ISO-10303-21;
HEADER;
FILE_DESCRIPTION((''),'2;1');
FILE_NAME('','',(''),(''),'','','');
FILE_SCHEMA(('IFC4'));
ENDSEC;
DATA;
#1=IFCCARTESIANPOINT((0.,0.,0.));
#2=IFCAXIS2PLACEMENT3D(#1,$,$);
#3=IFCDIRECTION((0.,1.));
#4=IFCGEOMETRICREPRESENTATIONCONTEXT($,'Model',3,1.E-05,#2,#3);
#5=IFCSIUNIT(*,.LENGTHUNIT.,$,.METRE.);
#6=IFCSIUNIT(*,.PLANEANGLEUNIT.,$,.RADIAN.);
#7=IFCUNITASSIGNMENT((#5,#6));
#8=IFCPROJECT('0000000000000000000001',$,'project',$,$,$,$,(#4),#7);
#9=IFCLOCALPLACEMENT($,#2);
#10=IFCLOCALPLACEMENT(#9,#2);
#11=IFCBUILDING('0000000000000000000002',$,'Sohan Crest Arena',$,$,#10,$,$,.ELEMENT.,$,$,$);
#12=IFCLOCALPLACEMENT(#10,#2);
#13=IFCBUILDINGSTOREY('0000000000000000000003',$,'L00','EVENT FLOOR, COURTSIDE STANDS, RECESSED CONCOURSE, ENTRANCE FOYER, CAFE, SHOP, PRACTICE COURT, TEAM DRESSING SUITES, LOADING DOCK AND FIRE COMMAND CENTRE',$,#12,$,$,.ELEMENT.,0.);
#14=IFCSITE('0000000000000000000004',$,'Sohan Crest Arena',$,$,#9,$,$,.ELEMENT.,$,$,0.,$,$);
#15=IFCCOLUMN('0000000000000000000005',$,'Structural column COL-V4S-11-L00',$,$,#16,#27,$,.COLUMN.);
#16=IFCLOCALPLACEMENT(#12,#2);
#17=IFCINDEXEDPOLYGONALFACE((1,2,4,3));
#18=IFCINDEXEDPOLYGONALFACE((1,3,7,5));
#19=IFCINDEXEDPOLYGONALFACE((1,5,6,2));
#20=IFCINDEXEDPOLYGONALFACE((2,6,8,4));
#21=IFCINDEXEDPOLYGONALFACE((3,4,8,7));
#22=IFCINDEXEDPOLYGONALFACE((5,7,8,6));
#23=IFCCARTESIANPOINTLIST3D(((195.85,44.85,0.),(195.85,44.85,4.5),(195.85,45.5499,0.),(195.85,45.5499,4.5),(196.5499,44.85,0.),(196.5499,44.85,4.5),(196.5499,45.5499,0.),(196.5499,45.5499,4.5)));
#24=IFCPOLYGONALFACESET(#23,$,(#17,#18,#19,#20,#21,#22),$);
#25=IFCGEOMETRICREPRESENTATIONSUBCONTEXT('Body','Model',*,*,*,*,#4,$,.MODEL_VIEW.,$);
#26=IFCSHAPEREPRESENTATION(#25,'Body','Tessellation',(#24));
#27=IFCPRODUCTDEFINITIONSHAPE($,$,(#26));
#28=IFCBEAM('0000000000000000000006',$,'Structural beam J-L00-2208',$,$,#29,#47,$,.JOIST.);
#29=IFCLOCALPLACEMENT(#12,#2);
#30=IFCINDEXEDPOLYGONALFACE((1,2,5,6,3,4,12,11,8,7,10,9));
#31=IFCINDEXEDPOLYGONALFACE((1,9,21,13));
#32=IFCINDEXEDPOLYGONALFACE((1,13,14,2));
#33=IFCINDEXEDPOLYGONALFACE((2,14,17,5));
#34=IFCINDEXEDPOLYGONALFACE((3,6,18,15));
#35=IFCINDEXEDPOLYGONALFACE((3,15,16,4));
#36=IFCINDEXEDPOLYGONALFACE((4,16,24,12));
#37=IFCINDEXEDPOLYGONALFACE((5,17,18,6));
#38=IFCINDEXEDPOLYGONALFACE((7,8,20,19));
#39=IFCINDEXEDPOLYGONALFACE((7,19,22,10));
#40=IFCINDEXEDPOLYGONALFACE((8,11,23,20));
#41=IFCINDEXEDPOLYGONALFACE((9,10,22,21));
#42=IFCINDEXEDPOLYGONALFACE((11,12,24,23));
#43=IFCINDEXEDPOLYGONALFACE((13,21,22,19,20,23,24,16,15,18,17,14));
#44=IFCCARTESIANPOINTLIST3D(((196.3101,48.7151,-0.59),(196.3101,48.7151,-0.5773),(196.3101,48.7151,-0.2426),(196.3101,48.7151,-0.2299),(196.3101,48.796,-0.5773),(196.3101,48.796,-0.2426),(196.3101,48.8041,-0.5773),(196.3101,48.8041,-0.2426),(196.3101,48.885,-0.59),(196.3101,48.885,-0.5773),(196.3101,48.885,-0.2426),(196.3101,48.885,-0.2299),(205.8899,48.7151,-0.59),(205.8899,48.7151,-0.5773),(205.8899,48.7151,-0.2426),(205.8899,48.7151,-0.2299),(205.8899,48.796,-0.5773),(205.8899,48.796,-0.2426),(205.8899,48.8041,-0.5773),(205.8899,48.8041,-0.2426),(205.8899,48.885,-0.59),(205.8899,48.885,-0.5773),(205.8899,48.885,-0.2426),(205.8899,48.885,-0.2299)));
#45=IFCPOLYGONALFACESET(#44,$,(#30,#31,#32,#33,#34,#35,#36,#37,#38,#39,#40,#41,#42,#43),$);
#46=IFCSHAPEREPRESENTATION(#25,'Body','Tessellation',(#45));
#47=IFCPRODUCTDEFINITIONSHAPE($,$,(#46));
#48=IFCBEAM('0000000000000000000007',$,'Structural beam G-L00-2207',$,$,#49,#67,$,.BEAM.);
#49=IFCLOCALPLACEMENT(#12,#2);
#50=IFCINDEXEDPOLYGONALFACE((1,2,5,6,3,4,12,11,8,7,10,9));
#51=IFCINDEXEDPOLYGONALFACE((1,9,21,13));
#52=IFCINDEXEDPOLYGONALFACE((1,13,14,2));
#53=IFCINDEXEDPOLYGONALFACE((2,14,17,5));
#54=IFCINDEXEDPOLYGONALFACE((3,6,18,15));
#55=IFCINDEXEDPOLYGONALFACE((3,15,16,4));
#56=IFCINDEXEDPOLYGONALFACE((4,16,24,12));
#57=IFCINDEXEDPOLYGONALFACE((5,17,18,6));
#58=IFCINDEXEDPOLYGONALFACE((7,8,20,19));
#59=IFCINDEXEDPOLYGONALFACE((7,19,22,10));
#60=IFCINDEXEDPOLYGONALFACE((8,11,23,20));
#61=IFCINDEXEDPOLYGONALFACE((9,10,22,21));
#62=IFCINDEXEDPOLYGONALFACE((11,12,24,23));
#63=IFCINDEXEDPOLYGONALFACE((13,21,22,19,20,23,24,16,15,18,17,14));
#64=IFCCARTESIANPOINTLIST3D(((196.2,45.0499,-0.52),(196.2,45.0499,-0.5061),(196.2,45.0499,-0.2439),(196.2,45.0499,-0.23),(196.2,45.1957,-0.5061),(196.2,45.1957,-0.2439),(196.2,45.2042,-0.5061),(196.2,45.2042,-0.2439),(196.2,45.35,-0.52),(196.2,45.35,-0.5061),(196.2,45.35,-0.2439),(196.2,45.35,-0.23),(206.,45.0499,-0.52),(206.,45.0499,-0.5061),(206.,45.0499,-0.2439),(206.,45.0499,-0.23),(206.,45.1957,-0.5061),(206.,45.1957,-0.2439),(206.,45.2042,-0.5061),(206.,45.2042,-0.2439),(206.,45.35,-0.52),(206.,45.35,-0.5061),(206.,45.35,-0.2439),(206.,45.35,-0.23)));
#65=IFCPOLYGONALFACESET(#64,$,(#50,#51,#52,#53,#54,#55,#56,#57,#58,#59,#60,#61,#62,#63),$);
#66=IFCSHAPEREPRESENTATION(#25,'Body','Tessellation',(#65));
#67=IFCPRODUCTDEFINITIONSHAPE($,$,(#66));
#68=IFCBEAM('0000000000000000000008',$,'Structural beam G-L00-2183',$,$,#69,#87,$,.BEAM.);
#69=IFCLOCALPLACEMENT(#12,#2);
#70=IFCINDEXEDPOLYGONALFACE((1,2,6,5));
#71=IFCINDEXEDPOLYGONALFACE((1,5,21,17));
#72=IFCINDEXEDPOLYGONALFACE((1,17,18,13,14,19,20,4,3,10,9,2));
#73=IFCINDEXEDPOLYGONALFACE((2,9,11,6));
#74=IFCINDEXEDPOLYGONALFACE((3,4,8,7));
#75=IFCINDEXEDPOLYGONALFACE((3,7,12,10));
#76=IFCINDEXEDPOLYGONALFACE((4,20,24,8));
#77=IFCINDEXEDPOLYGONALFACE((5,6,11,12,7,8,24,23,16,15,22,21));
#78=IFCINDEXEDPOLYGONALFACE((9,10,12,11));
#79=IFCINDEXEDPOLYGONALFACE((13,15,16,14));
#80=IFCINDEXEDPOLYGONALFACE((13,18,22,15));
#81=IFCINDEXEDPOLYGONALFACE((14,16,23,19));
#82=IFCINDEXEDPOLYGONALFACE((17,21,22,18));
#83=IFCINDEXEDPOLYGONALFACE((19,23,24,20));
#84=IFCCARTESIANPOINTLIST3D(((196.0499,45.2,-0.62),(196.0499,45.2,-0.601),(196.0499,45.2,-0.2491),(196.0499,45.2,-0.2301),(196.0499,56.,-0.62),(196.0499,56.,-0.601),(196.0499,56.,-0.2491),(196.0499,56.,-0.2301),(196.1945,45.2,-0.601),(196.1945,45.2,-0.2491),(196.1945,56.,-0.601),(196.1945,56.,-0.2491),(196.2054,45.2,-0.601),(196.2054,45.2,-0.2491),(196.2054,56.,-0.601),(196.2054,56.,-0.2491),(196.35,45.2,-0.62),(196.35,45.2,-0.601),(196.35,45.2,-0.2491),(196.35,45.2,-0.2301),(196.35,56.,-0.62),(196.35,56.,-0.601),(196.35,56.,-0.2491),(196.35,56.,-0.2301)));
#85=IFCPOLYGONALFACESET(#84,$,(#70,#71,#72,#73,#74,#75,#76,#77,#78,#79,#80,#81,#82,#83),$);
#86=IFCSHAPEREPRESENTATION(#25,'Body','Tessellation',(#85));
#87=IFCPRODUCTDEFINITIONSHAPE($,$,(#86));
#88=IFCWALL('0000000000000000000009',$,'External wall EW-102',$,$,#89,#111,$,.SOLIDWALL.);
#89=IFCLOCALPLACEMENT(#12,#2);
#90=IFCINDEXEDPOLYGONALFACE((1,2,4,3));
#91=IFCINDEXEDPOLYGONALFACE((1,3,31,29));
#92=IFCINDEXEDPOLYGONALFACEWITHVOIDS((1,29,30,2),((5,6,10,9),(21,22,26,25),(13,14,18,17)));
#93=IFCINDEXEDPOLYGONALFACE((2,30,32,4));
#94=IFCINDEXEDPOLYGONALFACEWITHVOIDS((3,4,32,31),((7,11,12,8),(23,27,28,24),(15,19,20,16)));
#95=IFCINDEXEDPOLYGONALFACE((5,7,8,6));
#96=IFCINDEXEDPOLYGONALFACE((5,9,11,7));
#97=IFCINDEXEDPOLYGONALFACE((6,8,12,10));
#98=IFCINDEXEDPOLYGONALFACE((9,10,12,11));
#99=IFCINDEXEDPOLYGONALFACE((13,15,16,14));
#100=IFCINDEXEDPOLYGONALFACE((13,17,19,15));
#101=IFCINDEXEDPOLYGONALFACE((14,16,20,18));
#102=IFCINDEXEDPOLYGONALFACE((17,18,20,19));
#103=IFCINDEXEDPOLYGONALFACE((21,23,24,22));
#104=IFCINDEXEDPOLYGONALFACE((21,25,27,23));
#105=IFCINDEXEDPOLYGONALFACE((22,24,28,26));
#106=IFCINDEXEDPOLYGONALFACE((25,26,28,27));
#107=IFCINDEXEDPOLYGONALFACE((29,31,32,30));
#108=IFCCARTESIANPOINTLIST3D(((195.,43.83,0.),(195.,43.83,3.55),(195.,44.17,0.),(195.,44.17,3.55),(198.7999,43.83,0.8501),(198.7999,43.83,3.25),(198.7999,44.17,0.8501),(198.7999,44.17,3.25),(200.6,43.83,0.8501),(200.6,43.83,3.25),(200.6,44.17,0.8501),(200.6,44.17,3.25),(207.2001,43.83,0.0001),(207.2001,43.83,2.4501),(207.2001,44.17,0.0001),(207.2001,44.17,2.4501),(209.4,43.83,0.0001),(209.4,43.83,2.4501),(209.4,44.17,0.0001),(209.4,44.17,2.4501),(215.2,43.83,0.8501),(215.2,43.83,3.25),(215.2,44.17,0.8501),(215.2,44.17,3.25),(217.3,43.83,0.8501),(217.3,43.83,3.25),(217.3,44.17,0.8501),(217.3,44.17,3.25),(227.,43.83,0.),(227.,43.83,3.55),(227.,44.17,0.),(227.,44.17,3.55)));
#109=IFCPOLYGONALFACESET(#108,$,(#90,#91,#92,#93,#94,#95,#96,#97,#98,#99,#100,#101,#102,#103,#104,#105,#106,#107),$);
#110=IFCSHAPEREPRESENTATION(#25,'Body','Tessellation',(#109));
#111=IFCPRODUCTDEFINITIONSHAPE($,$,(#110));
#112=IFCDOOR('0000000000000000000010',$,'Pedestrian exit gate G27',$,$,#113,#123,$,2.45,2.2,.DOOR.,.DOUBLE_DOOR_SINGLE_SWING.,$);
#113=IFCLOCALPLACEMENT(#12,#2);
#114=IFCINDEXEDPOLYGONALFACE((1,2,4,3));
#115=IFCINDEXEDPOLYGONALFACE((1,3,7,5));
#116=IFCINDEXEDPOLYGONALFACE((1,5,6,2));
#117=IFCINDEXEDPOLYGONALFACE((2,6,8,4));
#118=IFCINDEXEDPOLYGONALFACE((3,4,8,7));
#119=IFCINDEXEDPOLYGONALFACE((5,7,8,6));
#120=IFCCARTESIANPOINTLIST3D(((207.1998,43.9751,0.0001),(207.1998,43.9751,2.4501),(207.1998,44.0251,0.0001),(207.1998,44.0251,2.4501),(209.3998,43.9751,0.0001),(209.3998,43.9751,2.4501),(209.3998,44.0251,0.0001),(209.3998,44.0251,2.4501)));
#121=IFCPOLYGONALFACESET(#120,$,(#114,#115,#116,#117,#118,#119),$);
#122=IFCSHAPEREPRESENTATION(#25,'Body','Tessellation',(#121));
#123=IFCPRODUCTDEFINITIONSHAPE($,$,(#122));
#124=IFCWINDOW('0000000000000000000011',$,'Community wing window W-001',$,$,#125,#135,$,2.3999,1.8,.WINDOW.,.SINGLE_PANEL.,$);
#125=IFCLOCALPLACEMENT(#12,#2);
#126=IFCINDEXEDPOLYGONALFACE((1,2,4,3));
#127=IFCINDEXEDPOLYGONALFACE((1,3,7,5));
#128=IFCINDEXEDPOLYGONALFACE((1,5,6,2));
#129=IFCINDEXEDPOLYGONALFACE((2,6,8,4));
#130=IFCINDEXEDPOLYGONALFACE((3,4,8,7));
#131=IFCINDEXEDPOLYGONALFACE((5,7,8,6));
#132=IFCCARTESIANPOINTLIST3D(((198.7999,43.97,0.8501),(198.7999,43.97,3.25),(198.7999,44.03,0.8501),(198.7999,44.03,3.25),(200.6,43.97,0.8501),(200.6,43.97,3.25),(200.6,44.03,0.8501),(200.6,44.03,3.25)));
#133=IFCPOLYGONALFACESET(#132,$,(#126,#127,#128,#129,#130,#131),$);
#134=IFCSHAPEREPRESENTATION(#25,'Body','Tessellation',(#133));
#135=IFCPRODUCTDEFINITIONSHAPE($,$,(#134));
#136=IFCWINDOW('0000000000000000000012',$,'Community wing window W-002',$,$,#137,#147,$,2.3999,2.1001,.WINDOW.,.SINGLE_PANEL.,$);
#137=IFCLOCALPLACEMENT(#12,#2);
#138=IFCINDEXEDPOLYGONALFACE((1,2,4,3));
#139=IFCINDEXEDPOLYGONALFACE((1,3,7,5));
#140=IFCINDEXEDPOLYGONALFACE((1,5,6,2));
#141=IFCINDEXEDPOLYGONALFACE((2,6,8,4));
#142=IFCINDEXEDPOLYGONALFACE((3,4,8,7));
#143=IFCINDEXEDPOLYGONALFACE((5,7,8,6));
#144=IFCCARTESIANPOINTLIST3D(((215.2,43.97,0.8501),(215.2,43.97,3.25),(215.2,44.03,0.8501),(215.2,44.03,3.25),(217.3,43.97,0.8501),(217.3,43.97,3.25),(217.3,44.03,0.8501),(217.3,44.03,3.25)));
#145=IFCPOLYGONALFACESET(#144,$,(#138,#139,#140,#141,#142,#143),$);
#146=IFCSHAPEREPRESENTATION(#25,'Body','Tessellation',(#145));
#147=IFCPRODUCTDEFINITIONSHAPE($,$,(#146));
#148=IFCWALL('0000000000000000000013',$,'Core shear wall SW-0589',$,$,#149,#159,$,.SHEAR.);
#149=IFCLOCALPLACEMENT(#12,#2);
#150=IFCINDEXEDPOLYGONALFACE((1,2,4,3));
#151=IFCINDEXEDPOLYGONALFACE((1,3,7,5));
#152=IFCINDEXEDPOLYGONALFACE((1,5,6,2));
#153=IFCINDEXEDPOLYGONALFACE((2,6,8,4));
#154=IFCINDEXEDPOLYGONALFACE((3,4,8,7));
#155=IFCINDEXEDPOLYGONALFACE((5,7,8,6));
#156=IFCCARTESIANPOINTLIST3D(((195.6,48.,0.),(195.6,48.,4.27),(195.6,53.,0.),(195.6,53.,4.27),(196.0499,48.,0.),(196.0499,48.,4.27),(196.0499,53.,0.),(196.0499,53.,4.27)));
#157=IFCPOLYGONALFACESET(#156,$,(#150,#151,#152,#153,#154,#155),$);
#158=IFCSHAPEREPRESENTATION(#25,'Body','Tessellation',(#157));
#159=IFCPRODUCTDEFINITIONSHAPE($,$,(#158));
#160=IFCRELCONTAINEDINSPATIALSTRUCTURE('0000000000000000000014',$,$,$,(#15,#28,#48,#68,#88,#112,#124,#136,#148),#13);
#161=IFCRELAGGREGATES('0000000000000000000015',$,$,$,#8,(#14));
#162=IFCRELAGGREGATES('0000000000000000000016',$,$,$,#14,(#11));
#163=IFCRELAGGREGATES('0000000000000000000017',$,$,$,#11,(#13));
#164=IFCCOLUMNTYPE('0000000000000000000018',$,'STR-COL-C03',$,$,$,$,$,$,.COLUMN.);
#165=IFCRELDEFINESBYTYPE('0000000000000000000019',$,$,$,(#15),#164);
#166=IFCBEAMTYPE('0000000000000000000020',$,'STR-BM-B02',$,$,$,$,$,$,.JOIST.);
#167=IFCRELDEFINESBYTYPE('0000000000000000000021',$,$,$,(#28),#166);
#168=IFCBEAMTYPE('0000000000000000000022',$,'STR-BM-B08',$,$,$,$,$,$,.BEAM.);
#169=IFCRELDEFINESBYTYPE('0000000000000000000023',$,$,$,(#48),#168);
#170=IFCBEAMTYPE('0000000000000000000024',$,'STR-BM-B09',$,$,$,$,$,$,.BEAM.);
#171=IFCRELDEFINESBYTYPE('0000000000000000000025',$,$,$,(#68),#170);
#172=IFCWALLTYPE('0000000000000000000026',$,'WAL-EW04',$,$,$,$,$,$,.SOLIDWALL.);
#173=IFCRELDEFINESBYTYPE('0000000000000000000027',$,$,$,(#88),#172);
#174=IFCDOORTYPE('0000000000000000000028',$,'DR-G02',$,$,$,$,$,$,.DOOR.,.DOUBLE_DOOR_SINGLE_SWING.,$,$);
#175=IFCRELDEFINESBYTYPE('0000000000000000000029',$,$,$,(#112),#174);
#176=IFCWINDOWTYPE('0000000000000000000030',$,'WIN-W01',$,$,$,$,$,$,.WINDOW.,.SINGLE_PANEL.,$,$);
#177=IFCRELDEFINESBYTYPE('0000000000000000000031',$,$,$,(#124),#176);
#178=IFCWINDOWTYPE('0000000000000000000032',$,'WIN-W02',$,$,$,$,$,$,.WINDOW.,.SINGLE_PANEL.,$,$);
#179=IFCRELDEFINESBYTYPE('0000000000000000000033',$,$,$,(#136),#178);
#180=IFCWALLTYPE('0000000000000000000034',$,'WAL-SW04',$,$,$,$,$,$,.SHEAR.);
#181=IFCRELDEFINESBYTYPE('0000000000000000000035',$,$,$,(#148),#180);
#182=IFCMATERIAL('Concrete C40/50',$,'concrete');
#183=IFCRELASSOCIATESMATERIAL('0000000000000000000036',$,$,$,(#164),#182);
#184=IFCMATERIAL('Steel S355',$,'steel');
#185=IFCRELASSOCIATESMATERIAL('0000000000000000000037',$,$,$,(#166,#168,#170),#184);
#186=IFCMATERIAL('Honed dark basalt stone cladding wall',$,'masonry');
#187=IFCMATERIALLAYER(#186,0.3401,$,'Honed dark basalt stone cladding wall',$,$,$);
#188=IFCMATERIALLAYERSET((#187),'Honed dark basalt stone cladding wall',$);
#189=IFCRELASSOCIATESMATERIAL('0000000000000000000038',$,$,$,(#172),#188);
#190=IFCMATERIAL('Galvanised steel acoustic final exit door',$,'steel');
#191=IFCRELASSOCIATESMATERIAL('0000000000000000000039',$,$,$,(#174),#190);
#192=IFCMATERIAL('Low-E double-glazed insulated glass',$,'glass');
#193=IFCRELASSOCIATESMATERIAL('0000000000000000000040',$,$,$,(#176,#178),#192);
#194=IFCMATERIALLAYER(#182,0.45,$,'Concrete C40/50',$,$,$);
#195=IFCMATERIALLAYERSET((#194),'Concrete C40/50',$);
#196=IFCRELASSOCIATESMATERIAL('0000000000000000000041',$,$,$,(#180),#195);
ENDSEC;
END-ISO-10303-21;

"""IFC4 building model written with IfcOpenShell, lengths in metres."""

from ifc_helpers import new_model, si_unit, direction, frame, frame_2d, origin, origin_2d, place, context, subcontext, project, spatial, rectangle, i_section, extrude, material, layer, layer_set, material_profile, profile_set, type_object, element, fill, save


model = new_model("IFC4")

# Units and contexts
model_context = context("Model", 3, precision=1e-05, world=origin(), true_north=direction((0.0, 1.0)))
body_context = subcontext(model_context, "Body", "Model", "MODEL_VIEW")
ifc_project = project(units=[si_unit("LENGTHUNIT", "METRE"), si_unit("PLANEANGLEUNIT", "RADIAN")], contexts=[model_context])

# Site, building, storey
site_placement = place(None, origin())
site = spatial("IfcSite", under=ifc_project, at=site_placement, Name="Sohan Crest Arena", CompositionType="ELEMENT", RefElevation=0.0)
building_placement = place(site_placement, origin())
building = spatial("IfcBuilding", under=site, at=building_placement, Name="Sohan Crest Arena", CompositionType="ELEMENT")
storey_placement = place(building_placement, origin())
storey = spatial("IfcBuildingStorey", under=building, at=storey_placement, Name="L00", Description="EVENT FLOOR, COURTSIDE STANDS, RECESSED CONCOURSE, ENTRANCE FOYER, CAFE, SHOP, PRACTICE COURT, TEAM DRESSING SUITES, LOADING DOCK AND FIRE COMMAND CENTRE", CompositionType="ELEMENT", Elevation=0.0)

# Column
ifc_material_1 = material(Name="Concrete C40/50", Category="concrete")
ifc_material_profile_1 = material_profile(ifc_material_1, rectangle(XDim=0.7, YDim=0.7, at=origin_2d()), Name="RC 700x700")
ifc_profile_set_1 = profile_set([ifc_material_profile_1], Name="Concrete C40/50")
column_type = type_object("IfcColumnType", Name="STR-COL-C03", PredefinedType="COLUMN", material=ifc_profile_set_1)
column_placement = place(storey_placement, frame((196.2, 45.2, 0.0), z_axis=(0.0, 0.0, 1.0), x_axis=(1.0, 0.0, 0.0)))
element("IfcColumn", 1, at=column_placement, inside=storey, type_object=column_type, Name="Structural column COL-V4S-11-L00", PredefinedType="COLUMN", context=body_context, shape_type="SweptSolid", body=[
    extrude(rectangle(XDim=0.7, YDim=0.7, at=origin_2d()), origin(), (0.0, 0.0, 1.0), 4.5),
])

# Beams
ifc_material_2 = material(Name="Steel S355", Category="steel")
ifc_material_profile_2 = material_profile(ifc_material_2, i_section(OverallWidth=0.1699, OverallDepth=0.3601, WebThickness=0.0081, FlangeThickness=0.0127, at=origin_2d()), Name="IPE 360")
ifc_profile_set_2 = profile_set([ifc_material_profile_2], Name="Steel S355")
beam_type_1 = type_object("IfcBeamType", Name="STR-BM-B02", PredefinedType="JOIST", material=ifc_profile_set_2)
beam_1_placement = place(storey_placement, frame((196.3101, 48.8, -0.4099), z_axis=(1.0, 0.0, 0.0), x_axis=(0.0, 1.0, 0.0)))
element("IfcBeam", 2, at=beam_1_placement, inside=storey, type_object=beam_type_1, Name="Structural beam J-L00-2208", PredefinedType="JOIST", context=body_context, shape_type="SweptSolid", body=[
    extrude(i_section(OverallWidth=0.1699, OverallDepth=0.3601, WebThickness=0.0081, FlangeThickness=0.0127, at=origin_2d()), origin(), (0.0, 0.0, 1.0), 9.5798),
])
ifc_material_profile_3 = material_profile(ifc_material_2, i_section(OverallWidth=0.3, OverallDepth=0.29, WebThickness=0.0085, FlangeThickness=0.0139, at=origin_2d()), Name="HEA 300")
ifc_profile_set_3 = profile_set([ifc_material_profile_3], Name="Steel S355")
beam_type_2 = type_object("IfcBeamType", Name="STR-BM-B08", PredefinedType="BEAM", material=ifc_profile_set_3)
beam_2_placement = place(storey_placement, frame((196.2, 45.2, -0.375), z_axis=(1.0, 0.0, 0.0), x_axis=(0.0, 1.0, 0.0)))
element("IfcBeam", 3, at=beam_2_placement, inside=storey, type_object=beam_type_2, Name="Structural beam G-L00-2207", PredefinedType="BEAM", context=body_context, shape_type="SweptSolid", body=[
    extrude(i_section(OverallWidth=0.3, OverallDepth=0.29, WebThickness=0.0085, FlangeThickness=0.0139, at=origin_2d()), origin(), (0.0, 0.0, 1.0), 9.8),
])
ifc_material_profile_4 = material_profile(ifc_material_2, i_section(OverallWidth=0.3, OverallDepth=0.3899, WebThickness=0.011, FlangeThickness=0.019, at=origin_2d()), Name="HEA 400")
ifc_profile_set_4 = profile_set([ifc_material_profile_4], Name="Steel S355")
beam_type_3 = type_object("IfcBeamType", Name="STR-BM-B09", PredefinedType="BEAM", material=ifc_profile_set_4)
beam_3_placement = place(storey_placement, frame((196.2, 45.2, -0.425), z_axis=(0.0, 1.0, 0.0), x_axis=(-1.0, 0.0, 0.0)))
element("IfcBeam", 4, at=beam_3_placement, inside=storey, type_object=beam_type_3, Name="Structural beam G-L00-2183", PredefinedType="BEAM", context=body_context, shape_type="SweptSolid", body=[
    extrude(i_section(OverallWidth=0.3, OverallDepth=0.3899, WebThickness=0.011, FlangeThickness=0.019, at=origin_2d()), origin(), (0.0, 0.0, 1.0), 10.8),
])

# Wall, openings, door, windows
ifc_material_3 = material(Name="Honed dark basalt stone cladding wall", Category="masonry")
ifc_layer_1 = layer(ifc_material_3, 0.3401, Name="Honed dark basalt stone cladding wall")
ifc_layer_set_1 = layer_set([ifc_layer_1], Name="Honed dark basalt stone cladding wall")
wall_type_1 = type_object("IfcWallType", Name="WAL-EW04", PredefinedType="SOLIDWALL", material=ifc_layer_set_1)
wall_1_placement = place(storey_placement, frame((195.0, 44.0, 0.0), z_axis=(0.0, 0.0, 1.0), x_axis=(1.0, 0.0, 0.0)))
wall_1 = element("IfcWall", 5, at=wall_1_placement, inside=storey, type_object=wall_type_1, Name="External wall EW-102", PredefinedType="SOLIDWALL", context=body_context, shape_type="SweptSolid", body=[
    extrude(rectangle(XDim=32.0, YDim=0.3401, at=frame_2d((16.0, 0.0))), origin(), (0.0, 0.0, 1.0), 3.55),
])
opening_1_placement = place(wall_1_placement, frame((12.2, 0.0, 0.0)))
opening_1 = element("IfcOpeningElement", 6, at=opening_1_placement, cuts=wall_1, PredefinedType="OPENING", context=body_context, shape_type="SweptSolid", body=[
    extrude(rectangle(XDim=2.2, YDim=2.45, at=frame_2d((1.1001, 1.2251))), frame((0.0, 0.1799, 0.0), z_axis=(0.0, -1.0, 0.0), x_axis=(1.0, 0.0, 0.0)), (0.0, 0.0, 1.0), 0.3601),
])
opening_2_placement = place(wall_1_placement, frame((3.8, 0.0, 0.8501)))
opening_2 = element("IfcOpeningElement", 7, at=opening_2_placement, cuts=wall_1, PredefinedType="OPENING", context=body_context, shape_type="SweptSolid", body=[
    extrude(rectangle(XDim=1.8, YDim=2.3999, at=frame_2d((0.8999, 1.2))), frame((0.0, 0.1799, 0.0), z_axis=(0.0, -1.0, 0.0), x_axis=(1.0, 0.0, 0.0)), (0.0, 0.0, 1.0), 0.3601),
])
opening_3_placement = place(wall_1_placement, frame((20.2, 0.0, 0.8501)))
opening_3 = element("IfcOpeningElement", 8, at=opening_3_placement, cuts=wall_1, PredefinedType="OPENING", context=body_context, shape_type="SweptSolid", body=[
    extrude(rectangle(XDim=2.1001, YDim=2.3999, at=frame_2d((1.05, 1.2))), frame((0.0, 0.1799, 0.0), z_axis=(0.0, -1.0, 0.0), x_axis=(1.0, 0.0, 0.0)), (0.0, 0.0, 1.0), 0.3601),
])
ifc_material_4 = material(Name="Galvanised steel acoustic final exit door", Category="steel")
door_type_1 = type_object("IfcDoorType", Name="DR-G02", OperationType="DOUBLE_DOOR_SINGLE_SWING", PredefinedType="DOOR", material=ifc_material_4)
door_1_placement = place(opening_1_placement, frame((2.2, 0.0, 0.0), z_axis=(0.0, 0.0, 1.0), x_axis=(-1.0, 0.0, 0.0)))
door_1 = element("IfcDoor", 9, at=door_1_placement, inside=storey, type_object=door_type_1, Name="Pedestrian exit gate G27", OperationType="DOUBLE_DOOR_SINGLE_SWING", OverallHeight=2.45, OverallWidth=2.2, PredefinedType="DOOR", context=body_context, shape_type="SweptSolid", body=[
    extrude(rectangle(XDim=2.2, YDim=2.45, at=frame_2d((1.1001, 1.2251))), frame((0.0, 0.0249, 0.0), z_axis=(0.0, -1.0, 0.0), x_axis=(1.0, 0.0, 0.0)), (0.0, 0.0, 1.0), 0.05),
])
fill(opening_1, door_1)
ifc_material_5 = material(Name="Low-E double-glazed insulated glass", Category="glass")
window_type_1 = type_object("IfcWindowType", Name="WIN-W01", PartitioningType="SINGLE_PANEL", PredefinedType="WINDOW", material=ifc_material_5)
window_1_placement = place(opening_2_placement, origin())
window_1 = element("IfcWindow", 10, at=window_1_placement, inside=storey, type_object=window_type_1, Name="Community wing window W-001", OverallHeight=2.3999, OverallWidth=1.8, PartitioningType="SINGLE_PANEL", PredefinedType="WINDOW", context=body_context, shape_type="SweptSolid", body=[
    extrude(rectangle(XDim=1.8, YDim=2.3999, at=frame_2d((0.8999, 1.2))), frame((0.0, 0.03, 0.0), z_axis=(0.0, -1.0, 0.0), x_axis=(1.0, 0.0, 0.0)), (0.0, 0.0, 1.0), 0.0601),
])
fill(opening_2, window_1)
window_type_2 = type_object("IfcWindowType", Name="WIN-W02", PartitioningType="SINGLE_PANEL", PredefinedType="WINDOW", material=ifc_material_5)
window_2_placement = place(opening_3_placement, origin())
window_2 = element("IfcWindow", 11, at=window_2_placement, inside=storey, type_object=window_type_2, Name="Community wing window W-002", OverallHeight=2.3999, OverallWidth=2.1001, PartitioningType="SINGLE_PANEL", PredefinedType="WINDOW", context=body_context, shape_type="SweptSolid", body=[
    extrude(rectangle(XDim=2.1001, YDim=2.3999, at=frame_2d((1.05, 1.2))), frame((0.0, 0.03, 0.0), z_axis=(0.0, -1.0, 0.0), x_axis=(1.0, 0.0, 0.0)), (0.0, 0.0, 1.0), 0.0601),
])
fill(opening_3, window_2)

# Wall
ifc_layer_2 = layer(ifc_material_1, 0.45, Name="Concrete C40/50")
ifc_layer_set_2 = layer_set([ifc_layer_2], Name="Concrete C40/50")
wall_type_2 = type_object("IfcWallType", Name="WAL-SW04", PredefinedType="SHEAR", material=ifc_layer_set_2)
for number, where, z_axis, x_axis, name in (
    (12, (195.825, 48.0, 0.0), (0.0, 0.0, 1.0), (0.0, 1.0, 0.0), "Core shear wall SW-0589"),
):
    element("IfcWall", number, at=place(storey_placement, frame(where, z_axis=z_axis, x_axis=x_axis)), inside=storey, type_object=wall_type_2, Name=name, PredefinedType="SHEAR", context=body_context, shape_type="SweptSolid", body=[
        extrude(rectangle(XDim=5.0, YDim=0.45, at=frame_2d((2.5, 0.0))), origin(), (0.0, 0.0, 1.0), 4.27),
    ])

save(model, "model.ifc")
